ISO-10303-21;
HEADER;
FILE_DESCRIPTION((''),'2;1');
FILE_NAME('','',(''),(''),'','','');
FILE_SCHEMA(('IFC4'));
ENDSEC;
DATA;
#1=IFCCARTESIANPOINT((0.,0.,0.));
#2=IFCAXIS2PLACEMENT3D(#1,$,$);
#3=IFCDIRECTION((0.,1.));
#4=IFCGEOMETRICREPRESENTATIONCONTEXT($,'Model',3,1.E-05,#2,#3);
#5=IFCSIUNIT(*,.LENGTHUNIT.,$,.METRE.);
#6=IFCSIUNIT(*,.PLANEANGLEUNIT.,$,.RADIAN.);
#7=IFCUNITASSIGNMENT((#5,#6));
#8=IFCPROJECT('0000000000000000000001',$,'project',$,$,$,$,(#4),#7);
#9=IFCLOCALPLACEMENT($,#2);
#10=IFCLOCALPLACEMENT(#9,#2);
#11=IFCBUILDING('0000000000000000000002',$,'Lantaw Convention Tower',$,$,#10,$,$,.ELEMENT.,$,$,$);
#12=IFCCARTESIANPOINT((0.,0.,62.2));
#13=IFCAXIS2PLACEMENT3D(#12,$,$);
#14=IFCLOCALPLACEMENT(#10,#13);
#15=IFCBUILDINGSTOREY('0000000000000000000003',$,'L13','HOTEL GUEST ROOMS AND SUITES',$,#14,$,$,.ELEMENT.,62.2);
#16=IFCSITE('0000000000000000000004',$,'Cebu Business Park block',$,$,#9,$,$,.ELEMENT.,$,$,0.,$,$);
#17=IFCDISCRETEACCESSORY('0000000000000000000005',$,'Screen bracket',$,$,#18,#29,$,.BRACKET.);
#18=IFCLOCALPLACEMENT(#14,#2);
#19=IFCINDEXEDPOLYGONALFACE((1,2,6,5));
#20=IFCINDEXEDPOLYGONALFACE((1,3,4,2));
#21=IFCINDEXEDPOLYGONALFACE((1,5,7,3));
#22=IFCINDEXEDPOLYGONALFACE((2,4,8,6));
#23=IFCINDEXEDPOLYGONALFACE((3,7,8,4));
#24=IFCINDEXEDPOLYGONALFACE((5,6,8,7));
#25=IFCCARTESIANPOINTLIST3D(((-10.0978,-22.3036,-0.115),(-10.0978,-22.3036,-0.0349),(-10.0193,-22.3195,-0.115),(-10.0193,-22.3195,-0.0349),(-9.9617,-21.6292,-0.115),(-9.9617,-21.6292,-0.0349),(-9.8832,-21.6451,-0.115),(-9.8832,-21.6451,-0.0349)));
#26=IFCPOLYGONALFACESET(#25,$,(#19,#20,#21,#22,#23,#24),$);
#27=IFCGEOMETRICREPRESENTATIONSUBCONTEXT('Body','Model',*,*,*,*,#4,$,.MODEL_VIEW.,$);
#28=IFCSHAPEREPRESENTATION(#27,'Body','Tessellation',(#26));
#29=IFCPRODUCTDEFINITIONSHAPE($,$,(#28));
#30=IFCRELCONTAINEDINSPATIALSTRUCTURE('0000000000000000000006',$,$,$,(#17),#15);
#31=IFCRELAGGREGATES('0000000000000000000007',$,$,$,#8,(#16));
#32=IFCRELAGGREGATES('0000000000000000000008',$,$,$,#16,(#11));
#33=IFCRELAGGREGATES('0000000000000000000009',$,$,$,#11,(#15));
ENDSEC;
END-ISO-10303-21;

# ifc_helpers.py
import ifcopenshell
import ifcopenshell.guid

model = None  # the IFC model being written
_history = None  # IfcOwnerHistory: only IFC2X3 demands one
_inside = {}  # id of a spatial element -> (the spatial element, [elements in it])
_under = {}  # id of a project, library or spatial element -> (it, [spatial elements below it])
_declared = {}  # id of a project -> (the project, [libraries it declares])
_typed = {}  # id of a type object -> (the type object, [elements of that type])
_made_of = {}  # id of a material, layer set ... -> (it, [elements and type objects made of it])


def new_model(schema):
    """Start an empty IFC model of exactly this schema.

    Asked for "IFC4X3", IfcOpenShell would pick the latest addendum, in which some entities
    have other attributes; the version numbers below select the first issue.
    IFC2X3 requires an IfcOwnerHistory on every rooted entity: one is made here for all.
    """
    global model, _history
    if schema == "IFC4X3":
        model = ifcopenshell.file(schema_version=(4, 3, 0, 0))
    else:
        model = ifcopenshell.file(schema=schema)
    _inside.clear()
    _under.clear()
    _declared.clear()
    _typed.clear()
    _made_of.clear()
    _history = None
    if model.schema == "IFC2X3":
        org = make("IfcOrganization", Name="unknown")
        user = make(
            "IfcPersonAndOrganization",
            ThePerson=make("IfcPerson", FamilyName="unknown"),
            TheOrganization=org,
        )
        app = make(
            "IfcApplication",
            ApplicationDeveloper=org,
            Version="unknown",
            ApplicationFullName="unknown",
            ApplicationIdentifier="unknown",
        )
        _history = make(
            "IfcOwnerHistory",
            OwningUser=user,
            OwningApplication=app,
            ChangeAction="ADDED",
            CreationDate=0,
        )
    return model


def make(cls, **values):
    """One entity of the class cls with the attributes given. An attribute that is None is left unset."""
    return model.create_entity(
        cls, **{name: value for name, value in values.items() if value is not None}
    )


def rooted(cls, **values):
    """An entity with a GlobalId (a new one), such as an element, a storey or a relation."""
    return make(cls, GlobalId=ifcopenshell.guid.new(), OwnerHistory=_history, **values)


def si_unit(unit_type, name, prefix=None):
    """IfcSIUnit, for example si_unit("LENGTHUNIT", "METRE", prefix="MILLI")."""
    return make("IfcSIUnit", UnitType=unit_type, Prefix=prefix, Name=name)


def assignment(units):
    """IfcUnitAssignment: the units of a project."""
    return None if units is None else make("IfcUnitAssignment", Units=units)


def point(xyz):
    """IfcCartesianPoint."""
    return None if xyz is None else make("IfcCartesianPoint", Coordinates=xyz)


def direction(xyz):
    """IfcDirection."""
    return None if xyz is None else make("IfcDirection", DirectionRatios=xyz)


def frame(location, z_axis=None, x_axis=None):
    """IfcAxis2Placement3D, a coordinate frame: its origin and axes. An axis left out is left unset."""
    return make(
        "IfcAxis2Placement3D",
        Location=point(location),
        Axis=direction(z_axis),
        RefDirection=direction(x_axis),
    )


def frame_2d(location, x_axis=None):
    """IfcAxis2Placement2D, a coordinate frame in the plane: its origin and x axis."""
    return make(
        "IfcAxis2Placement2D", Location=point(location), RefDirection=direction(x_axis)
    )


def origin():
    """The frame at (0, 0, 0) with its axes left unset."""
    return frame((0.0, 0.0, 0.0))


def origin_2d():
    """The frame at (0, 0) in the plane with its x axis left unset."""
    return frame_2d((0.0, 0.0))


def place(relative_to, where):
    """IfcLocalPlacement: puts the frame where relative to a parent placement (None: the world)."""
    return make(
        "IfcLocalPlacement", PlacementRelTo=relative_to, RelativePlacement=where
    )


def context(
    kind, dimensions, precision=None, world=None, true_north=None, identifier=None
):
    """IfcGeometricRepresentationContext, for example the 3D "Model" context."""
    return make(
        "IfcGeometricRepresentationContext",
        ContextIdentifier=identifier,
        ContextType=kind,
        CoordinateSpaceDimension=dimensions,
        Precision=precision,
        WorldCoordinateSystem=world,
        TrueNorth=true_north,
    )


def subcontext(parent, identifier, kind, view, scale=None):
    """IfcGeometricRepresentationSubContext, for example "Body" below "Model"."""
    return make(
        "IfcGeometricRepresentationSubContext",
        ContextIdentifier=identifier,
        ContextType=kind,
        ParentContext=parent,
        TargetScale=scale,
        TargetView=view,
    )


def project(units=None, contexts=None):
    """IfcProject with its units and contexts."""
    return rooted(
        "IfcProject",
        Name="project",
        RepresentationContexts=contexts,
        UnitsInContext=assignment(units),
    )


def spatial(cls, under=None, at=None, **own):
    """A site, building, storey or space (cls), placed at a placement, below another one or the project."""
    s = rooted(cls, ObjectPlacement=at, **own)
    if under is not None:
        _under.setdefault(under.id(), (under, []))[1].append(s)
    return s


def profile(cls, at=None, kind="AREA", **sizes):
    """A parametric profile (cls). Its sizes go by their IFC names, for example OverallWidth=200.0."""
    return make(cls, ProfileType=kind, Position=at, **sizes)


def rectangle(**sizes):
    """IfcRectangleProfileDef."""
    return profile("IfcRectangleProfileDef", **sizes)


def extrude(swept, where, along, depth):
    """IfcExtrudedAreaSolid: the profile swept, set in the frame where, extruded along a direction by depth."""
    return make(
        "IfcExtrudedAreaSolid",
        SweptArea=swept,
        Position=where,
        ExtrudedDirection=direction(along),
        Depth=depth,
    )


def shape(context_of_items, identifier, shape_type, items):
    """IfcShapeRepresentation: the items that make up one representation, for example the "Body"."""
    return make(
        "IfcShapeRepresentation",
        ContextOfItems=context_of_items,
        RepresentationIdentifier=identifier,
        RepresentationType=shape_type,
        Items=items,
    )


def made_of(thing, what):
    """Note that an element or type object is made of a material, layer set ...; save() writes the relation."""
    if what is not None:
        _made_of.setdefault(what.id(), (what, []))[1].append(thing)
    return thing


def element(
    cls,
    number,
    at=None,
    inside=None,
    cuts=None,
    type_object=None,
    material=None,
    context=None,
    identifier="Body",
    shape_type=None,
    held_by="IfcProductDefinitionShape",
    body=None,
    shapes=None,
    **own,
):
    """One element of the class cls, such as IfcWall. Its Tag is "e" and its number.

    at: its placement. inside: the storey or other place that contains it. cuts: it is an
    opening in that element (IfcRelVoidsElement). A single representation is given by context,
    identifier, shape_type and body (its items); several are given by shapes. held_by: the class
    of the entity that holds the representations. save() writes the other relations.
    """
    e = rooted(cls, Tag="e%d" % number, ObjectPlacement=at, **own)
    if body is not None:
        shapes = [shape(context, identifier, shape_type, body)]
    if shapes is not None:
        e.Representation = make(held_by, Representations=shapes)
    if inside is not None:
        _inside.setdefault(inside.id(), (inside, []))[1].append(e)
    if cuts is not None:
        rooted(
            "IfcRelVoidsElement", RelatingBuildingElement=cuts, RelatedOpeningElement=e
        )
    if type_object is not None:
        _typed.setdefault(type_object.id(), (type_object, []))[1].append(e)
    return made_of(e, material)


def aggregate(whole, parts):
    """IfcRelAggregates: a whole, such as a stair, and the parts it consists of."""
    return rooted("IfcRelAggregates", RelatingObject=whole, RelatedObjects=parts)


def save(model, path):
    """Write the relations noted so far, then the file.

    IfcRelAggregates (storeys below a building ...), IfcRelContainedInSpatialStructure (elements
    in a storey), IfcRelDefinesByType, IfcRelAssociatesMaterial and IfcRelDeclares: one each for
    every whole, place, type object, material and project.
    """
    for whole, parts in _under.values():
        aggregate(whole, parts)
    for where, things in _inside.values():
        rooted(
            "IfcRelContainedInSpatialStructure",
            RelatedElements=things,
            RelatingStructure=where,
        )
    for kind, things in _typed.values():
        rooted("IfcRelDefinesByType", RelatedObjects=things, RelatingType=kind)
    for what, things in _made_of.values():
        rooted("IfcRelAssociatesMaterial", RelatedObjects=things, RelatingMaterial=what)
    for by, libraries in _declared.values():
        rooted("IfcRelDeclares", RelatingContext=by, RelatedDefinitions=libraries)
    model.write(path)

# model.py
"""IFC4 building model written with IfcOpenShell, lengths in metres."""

from ifc_helpers import new_model, si_unit, direction, frame, origin, origin_2d, place, context, subcontext, project, spatial, rectangle, extrude, element, save


model = new_model("IFC4")

# Units and contexts
model_context = context("Model", 3, precision=1e-05, world=origin(), true_north=direction((0.0, 1.0)))
body_context = subcontext(model_context, "Body", "Model", "MODEL_VIEW")
ifc_project = project(units=[si_unit("LENGTHUNIT", "METRE"), si_unit("PLANEANGLEUNIT", "RADIAN")], contexts=[model_context])

# Site, building, storey
site_placement = place(None, origin())
site = spatial("IfcSite", under=ifc_project, at=site_placement, Name="Cebu Business Park block", CompositionType="ELEMENT", RefElevation=0.0)
building_placement = place(site_placement, origin())
building = spatial("IfcBuilding", under=site, at=building_placement, Name="Lantaw Convention Tower", CompositionType="ELEMENT")
storey_placement = place(building_placement, frame((0.0, 0.0, 62.2)))
storey = spatial("IfcBuildingStorey", under=building, at=storey_placement, Name="L13", Description="HOTEL GUEST ROOMS AND SUITES", CompositionType="ELEMENT", Elevation=62.2)

# Discrete accessory
discrete_accessory_placement = place(storey_placement, frame((-9.9905, -21.9744, -0.115), z_axis=(0.0, 0.0, 1.0), x_axis=(0.980245, -0.197789, 0.0)))
element("IfcDiscreteAccessory", 1, at=discrete_accessory_placement, inside=storey, Name="Screen bracket", PredefinedType="BRACKET", context=body_context, shape_type="SweptSolid", body=[
    extrude(rectangle(XDim=0.0801, YDim=0.688, at=origin_2d()), origin(), (0.0, 0.0, 1.0), 0.0801),
])

save(model, "model.ifc")
